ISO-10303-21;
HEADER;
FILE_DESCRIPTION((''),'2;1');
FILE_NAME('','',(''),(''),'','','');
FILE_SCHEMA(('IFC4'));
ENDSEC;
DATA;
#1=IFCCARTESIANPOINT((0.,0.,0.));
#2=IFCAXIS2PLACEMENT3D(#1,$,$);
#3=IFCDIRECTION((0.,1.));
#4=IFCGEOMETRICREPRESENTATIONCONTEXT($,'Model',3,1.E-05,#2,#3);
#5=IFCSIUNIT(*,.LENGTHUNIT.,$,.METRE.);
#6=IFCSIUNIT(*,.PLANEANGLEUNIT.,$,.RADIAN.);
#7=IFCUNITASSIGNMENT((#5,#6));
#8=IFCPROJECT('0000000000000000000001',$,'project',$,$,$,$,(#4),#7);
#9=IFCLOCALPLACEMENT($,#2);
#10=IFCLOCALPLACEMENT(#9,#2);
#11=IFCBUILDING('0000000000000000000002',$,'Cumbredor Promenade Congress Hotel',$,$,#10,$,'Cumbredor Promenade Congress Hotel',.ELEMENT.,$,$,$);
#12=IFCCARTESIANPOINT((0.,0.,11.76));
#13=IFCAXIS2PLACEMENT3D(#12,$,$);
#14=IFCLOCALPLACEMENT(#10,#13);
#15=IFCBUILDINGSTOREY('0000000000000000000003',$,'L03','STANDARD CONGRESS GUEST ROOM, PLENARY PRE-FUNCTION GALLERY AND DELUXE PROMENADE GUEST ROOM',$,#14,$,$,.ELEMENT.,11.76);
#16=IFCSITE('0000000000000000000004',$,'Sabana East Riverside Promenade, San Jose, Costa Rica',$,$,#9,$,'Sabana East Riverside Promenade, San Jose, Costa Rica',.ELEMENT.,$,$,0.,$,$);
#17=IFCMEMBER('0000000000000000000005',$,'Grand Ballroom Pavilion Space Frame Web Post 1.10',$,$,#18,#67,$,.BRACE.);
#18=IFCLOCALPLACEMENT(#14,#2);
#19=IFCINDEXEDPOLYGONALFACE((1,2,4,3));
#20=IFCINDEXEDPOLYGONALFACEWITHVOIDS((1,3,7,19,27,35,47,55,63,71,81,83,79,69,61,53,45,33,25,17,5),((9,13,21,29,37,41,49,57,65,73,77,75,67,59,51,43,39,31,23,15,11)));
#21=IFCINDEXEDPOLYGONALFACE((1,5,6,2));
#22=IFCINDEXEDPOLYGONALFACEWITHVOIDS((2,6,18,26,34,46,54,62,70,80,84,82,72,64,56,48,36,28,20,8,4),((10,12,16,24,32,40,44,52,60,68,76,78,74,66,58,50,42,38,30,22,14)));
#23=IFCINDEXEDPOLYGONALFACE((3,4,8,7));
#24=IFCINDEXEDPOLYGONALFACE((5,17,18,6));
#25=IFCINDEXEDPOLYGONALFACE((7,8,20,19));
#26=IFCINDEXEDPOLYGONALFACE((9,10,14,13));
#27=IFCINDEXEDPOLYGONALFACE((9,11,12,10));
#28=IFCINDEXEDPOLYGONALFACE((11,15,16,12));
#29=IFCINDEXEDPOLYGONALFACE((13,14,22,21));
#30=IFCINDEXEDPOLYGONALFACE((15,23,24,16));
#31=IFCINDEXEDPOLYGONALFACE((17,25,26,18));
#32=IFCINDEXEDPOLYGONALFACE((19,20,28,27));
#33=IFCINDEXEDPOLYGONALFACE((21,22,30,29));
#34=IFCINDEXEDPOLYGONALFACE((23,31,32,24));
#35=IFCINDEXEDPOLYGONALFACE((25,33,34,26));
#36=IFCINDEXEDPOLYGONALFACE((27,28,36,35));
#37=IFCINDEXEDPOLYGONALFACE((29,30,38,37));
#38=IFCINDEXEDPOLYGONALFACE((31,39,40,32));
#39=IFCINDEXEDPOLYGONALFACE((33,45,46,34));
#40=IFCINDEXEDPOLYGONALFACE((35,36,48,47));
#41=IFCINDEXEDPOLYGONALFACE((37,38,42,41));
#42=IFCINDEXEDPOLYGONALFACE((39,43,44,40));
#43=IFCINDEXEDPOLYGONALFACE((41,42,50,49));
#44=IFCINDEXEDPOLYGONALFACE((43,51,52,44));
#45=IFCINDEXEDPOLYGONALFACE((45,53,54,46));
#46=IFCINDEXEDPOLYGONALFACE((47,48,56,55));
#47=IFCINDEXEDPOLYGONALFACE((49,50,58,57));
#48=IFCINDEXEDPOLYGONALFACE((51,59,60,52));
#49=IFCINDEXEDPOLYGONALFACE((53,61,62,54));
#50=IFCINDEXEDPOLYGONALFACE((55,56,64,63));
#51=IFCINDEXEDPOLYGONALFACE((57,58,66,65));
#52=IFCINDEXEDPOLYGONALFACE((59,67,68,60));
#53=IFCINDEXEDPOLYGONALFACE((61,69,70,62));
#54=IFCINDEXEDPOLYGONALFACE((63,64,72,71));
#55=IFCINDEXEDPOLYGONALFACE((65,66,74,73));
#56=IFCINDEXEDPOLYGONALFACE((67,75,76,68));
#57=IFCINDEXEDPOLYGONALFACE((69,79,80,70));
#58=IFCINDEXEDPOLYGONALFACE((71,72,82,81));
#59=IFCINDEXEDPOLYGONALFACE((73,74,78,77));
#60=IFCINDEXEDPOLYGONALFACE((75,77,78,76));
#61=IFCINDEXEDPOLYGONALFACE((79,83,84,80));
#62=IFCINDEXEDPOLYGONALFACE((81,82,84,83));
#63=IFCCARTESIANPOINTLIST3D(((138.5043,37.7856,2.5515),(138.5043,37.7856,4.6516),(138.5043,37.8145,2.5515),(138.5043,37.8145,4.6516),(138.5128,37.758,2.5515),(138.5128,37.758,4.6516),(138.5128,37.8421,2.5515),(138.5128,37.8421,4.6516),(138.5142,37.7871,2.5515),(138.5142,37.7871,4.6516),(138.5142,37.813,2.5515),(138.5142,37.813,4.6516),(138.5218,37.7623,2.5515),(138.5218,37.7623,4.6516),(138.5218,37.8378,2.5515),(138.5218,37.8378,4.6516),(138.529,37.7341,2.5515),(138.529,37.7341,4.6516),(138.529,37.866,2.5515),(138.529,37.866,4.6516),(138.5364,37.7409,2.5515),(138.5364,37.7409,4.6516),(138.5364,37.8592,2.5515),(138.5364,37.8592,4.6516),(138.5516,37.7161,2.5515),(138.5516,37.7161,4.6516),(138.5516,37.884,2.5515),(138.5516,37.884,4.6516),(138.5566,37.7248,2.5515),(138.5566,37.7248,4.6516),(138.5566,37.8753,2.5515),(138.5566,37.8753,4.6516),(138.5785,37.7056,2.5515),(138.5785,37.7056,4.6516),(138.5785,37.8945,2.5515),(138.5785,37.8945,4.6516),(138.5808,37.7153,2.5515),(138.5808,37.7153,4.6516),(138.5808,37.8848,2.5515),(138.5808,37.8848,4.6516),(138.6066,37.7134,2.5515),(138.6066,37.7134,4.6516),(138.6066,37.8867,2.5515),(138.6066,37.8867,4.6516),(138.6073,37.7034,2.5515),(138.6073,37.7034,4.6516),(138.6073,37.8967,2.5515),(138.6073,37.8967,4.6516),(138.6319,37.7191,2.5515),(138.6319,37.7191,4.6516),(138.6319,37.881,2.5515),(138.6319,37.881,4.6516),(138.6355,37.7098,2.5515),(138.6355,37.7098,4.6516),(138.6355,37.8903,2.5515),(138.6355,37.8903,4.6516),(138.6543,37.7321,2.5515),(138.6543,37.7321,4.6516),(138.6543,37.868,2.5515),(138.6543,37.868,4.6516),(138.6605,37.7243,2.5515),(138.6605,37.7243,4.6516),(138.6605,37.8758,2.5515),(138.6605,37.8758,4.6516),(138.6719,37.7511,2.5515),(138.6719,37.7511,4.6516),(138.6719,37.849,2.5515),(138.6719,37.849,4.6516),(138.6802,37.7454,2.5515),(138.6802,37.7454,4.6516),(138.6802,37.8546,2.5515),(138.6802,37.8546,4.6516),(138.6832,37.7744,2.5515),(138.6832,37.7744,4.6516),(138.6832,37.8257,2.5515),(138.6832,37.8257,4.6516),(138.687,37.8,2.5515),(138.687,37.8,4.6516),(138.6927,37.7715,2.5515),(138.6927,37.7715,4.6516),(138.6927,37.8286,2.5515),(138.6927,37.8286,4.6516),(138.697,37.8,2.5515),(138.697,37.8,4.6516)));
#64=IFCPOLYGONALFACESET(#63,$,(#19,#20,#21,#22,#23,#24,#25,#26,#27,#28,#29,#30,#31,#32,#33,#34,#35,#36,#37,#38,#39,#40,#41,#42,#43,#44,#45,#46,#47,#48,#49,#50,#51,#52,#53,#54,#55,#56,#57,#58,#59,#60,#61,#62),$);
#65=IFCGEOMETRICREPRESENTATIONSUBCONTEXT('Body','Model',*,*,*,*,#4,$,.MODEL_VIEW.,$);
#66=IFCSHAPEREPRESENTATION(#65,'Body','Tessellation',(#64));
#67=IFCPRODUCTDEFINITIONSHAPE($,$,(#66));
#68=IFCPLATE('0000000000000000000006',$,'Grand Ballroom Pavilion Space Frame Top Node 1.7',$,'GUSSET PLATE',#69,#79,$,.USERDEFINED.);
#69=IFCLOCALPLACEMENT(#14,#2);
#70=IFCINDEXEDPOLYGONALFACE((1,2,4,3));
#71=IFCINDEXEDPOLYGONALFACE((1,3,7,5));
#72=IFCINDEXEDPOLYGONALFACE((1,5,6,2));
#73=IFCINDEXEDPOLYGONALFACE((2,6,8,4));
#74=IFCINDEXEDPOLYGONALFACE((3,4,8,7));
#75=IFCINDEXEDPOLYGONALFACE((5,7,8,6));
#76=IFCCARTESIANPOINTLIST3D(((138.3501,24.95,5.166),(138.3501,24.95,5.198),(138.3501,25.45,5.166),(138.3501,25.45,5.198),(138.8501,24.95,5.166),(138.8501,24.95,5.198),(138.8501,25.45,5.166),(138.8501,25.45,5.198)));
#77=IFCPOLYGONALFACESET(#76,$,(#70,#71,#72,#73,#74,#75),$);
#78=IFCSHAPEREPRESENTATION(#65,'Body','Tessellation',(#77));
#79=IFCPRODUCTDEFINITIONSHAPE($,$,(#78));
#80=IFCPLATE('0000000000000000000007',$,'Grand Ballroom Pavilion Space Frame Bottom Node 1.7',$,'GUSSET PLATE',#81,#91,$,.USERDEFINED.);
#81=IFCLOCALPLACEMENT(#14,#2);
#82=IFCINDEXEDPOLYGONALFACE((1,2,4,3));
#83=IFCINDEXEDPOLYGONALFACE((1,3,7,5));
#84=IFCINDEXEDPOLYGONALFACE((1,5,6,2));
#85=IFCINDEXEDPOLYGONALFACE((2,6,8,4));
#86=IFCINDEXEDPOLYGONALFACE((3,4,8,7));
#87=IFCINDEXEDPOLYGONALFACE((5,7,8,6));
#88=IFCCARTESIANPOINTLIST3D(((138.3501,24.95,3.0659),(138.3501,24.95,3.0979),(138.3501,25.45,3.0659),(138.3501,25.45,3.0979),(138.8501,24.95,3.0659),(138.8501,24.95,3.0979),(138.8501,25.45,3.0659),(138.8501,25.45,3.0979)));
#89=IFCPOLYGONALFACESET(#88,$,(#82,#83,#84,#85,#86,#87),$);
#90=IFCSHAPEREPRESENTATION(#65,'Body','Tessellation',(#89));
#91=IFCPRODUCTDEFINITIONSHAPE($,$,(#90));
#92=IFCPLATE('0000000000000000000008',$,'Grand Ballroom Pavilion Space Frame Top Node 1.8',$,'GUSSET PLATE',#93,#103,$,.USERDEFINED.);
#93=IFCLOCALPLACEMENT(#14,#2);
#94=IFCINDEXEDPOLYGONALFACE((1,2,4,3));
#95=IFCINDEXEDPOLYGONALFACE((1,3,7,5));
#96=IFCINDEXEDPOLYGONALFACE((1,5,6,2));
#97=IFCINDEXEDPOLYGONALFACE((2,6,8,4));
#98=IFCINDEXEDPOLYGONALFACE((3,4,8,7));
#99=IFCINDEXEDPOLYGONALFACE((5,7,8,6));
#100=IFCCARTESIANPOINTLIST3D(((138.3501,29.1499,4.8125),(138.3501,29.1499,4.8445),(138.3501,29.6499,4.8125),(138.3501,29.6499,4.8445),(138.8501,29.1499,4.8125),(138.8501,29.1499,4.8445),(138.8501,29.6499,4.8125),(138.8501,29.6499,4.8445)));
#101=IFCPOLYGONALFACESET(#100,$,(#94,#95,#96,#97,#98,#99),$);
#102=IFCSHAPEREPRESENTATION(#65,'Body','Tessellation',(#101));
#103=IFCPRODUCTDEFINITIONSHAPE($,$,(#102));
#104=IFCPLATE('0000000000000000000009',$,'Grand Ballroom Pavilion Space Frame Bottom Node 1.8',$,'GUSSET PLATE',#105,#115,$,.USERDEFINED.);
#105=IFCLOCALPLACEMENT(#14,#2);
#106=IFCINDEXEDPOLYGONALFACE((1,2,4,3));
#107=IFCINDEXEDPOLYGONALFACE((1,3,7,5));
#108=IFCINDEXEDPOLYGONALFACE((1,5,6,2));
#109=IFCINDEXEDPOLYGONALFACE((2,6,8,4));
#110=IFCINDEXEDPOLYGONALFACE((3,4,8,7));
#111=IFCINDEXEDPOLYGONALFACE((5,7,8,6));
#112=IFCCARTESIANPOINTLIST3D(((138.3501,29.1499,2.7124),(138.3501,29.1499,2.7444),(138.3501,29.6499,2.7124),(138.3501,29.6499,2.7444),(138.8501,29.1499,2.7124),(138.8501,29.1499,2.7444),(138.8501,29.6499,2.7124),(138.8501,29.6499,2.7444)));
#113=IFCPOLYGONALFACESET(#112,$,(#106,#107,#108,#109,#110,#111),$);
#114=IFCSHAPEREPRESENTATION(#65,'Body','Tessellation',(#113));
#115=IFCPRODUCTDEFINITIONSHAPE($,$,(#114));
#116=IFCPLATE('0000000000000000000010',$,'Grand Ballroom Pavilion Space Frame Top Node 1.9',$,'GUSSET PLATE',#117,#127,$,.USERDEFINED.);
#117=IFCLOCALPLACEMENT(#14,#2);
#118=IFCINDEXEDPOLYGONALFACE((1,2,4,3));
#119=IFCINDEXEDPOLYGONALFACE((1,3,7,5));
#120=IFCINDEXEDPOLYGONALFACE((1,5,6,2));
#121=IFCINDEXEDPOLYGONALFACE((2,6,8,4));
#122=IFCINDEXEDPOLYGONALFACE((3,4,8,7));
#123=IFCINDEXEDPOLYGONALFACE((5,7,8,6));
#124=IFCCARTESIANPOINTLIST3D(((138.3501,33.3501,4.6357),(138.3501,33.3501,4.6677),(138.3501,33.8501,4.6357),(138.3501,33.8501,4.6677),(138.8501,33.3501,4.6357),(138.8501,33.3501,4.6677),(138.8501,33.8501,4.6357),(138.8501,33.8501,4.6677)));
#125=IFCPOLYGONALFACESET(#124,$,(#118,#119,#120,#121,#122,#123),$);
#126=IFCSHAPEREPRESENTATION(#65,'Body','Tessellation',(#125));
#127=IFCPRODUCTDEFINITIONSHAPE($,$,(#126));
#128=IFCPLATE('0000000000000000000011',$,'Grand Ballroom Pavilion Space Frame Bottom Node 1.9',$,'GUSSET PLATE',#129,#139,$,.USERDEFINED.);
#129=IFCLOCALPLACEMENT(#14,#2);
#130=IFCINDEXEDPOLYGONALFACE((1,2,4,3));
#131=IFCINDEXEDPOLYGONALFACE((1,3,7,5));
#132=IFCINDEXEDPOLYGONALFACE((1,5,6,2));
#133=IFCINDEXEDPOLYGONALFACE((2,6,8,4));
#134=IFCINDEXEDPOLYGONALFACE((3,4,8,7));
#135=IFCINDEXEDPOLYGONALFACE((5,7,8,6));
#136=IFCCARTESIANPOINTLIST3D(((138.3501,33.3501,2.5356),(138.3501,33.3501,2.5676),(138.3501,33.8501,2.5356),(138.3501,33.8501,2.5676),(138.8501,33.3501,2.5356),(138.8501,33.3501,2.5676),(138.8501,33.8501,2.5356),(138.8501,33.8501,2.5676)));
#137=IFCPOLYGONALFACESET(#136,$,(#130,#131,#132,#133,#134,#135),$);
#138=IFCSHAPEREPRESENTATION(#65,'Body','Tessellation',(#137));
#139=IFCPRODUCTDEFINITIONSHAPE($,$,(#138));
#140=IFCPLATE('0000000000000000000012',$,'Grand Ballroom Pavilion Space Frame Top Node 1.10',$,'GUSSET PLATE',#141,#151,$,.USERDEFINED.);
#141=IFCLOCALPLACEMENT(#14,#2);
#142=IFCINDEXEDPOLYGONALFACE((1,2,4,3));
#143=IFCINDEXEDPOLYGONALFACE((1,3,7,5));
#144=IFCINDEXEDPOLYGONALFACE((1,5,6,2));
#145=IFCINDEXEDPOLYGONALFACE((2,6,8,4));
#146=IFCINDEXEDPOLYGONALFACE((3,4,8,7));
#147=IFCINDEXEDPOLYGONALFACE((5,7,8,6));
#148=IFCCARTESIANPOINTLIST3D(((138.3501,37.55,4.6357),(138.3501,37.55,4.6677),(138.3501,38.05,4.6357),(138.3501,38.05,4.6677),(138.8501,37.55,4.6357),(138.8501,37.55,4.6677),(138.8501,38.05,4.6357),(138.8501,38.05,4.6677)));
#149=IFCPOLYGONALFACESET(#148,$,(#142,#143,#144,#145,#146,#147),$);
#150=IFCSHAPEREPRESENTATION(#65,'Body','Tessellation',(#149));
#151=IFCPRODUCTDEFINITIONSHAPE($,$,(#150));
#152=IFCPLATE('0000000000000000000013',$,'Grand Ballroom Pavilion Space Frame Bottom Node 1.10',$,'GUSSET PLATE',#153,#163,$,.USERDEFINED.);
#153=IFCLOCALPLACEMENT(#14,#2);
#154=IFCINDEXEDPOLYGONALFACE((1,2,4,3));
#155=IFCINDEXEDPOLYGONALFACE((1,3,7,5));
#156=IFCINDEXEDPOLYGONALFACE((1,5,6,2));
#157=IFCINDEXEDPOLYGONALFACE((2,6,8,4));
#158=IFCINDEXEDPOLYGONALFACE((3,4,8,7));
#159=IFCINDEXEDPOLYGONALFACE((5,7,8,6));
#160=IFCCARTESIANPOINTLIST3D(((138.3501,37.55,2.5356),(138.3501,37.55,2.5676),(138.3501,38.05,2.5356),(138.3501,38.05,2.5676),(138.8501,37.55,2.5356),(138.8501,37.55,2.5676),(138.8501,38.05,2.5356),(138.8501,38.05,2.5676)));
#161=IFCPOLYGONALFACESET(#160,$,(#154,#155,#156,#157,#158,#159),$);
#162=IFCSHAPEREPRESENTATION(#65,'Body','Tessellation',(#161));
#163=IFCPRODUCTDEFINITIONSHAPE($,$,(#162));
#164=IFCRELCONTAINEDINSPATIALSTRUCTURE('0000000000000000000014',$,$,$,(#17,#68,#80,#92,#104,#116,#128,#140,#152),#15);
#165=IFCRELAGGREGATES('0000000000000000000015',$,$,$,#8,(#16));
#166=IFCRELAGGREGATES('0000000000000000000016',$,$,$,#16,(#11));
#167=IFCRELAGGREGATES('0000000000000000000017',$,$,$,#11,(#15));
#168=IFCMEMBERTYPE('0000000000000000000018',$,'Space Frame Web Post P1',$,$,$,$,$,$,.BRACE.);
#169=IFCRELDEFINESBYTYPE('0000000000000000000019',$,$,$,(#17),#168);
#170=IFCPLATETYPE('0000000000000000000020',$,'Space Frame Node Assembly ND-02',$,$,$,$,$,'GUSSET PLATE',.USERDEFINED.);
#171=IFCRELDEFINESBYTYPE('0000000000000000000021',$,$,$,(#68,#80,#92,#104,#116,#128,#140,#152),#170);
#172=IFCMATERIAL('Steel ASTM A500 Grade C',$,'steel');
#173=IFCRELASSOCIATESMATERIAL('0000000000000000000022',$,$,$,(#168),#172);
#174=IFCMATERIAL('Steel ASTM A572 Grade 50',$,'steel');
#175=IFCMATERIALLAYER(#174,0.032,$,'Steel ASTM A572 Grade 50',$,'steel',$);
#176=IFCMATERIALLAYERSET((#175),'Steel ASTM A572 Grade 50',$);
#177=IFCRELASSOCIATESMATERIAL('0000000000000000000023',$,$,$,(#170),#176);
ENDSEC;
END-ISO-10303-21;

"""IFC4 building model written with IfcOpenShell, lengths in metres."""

from ifc_helpers import new_model, si_unit, direction, frame, origin, origin_2d, place, context, subcontext, project, spatial, rectangle, hollow_circle, extrude, material, layer, layer_set, material_profile, profile_set, type_object, element, save


model = new_model("IFC4")

# Units and contexts
model_context = context("Model", 3, precision=1e-05, world=origin(), true_north=direction((0.0, 1.0)))
body_context = subcontext(model_context, "Body", "Model", "MODEL_VIEW")
ifc_project = project(units=[si_unit("LENGTHUNIT", "METRE"), si_unit("PLANEANGLEUNIT", "RADIAN")], contexts=[model_context])

# Site, building, storey
site_placement = place(None, origin())
site = spatial("IfcSite", under=ifc_project, at=site_placement, Name="Sabana East Riverside Promenade, San Jose, Costa Rica", LongName="Sabana East Riverside Promenade, San Jose, Costa Rica", CompositionType="ELEMENT", RefElevation=0.0)
building_placement = place(site_placement, origin())
building = spatial("IfcBuilding", under=site, at=building_placement, Name="Cumbredor Promenade Congress Hotel", LongName="Cumbredor Promenade Congress Hotel", CompositionType="ELEMENT")
storey_placement = place(building_placement, frame((0.0, 0.0, 11.76)))
storey = spatial("IfcBuildingStorey", under=building, at=storey_placement, Name="L03", Description="STANDARD CONGRESS GUEST ROOM, PLENARY PRE-FUNCTION GALLERY AND DELUXE PROMENADE GUEST ROOM", CompositionType="ELEMENT", Elevation=11.76)

# Member
ifc_material_1 = material(Name="Steel ASTM A500 Grade C", Category="steel")
ifc_material_profile_1 = material_profile(ifc_material_1, hollow_circle(Radius=0.0969, WallThickness=0.01, at=origin_2d()), Name="CHS 193.7x10")
ifc_profile_set_1 = profile_set([ifc_material_profile_1], Name="Steel ASTM A500 Grade C")
member_type_1 = type_object("IfcMemberType", Name="Space Frame Web Post P1", PredefinedType="BRACE", material=ifc_profile_set_1)
for number, where, z_axis, x_axis, name in (
    (1, (138.6001, 37.8, 2.5515), (0.0, 0.0, 1.0), (1.0, 0.0, 0.0), "Grand Ballroom Pavilion Space Frame Web Post 1.10"),
):
    element("IfcMember", number, at=place(storey_placement, frame(where, z_axis=z_axis, x_axis=x_axis)), inside=storey, type_object=member_type_1, Name=name, PredefinedType="BRACE", context=body_context, shape_type="SweptSolid", body=[
        extrude(hollow_circle(Radius=0.0969, WallThickness=0.01, at=origin_2d()), origin(), (0.0, 0.0, 1.0), 2.1001),
    ])

# Plates
ifc_material_2 = material(Name="Steel ASTM A572 Grade 50", Category="steel")
ifc_layer = layer(ifc_material_2, 0.032, Name="Steel ASTM A572 Grade 50", Category="steel")
ifc_layer_set = layer_set([ifc_layer], Name="Steel ASTM A572 Grade 50")
plate_type = type_object("IfcPlateType", Name="Space Frame Node Assembly ND-02", ElementType="GUSSET PLATE", PredefinedType="USERDEFINED", material=ifc_layer_set)
for number, where, z_axis, x_axis, name in (
    (2, (138.6001, 25.2, 5.166), (0.0, 0.0, 1.0), (1.0, 0.0, 0.0), "Grand Ballroom Pavilion Space Frame Top Node 1.7"),
    (3, (138.6001, 25.2, 3.0659), (0.0, 0.0, 1.0), (1.0, 0.0, 0.0), "Grand Ballroom Pavilion Space Frame Bottom Node 1.7"),
    (4, (138.6001, 29.3999, 4.8125), (0.0, 0.0, 1.0), (1.0, 0.0, 0.0), "Grand Ballroom Pavilion Space Frame Top Node 1.8"),
    (5, (138.6001, 29.3999, 2.7124), (0.0, 0.0, 1.0), (1.0, 0.0, 0.0), "Grand Ballroom Pavilion Space Frame Bottom Node 1.8"),
    (6, (138.6001, 33.6001, 4.6357), (0.0, 0.0, 1.0), (1.0, 0.0, 0.0), "Grand Ballroom Pavilion Space Frame Top Node 1.9"),
    (7, (138.6001, 33.6001, 2.5356), (0.0, 0.0, 1.0), (1.0, 0.0, 0.0), "Grand Ballroom Pavilion Space Frame Bottom Node 1.9"),
    (8, (138.6001, 37.8, 4.6357), (0.0, 0.0, 1.0), (1.0, 0.0, 0.0), "Grand Ballroom Pavilion Space Frame Top Node 1.10"),
    (9, (138.6001, 37.8, 2.5356), (0.0, 0.0, 1.0), (1.0, 0.0, 0.0), "Grand Ballroom Pavilion Space Frame Bottom Node 1.10"),
):
    element("IfcPlate", number, at=place(storey_placement, frame(where, z_axis=z_axis, x_axis=x_axis)), inside=storey, type_object=plate_type, Name=name, ObjectType="GUSSET PLATE", PredefinedType="USERDEFINED", context=body_context, shape_type="SweptSolid", body=[
        extrude(rectangle(XDim=0.5, YDim=0.5, at=origin_2d()), origin(), (0.0, 0.0, 1.0), 0.032),
    ])

save(model, "model.ifc")
